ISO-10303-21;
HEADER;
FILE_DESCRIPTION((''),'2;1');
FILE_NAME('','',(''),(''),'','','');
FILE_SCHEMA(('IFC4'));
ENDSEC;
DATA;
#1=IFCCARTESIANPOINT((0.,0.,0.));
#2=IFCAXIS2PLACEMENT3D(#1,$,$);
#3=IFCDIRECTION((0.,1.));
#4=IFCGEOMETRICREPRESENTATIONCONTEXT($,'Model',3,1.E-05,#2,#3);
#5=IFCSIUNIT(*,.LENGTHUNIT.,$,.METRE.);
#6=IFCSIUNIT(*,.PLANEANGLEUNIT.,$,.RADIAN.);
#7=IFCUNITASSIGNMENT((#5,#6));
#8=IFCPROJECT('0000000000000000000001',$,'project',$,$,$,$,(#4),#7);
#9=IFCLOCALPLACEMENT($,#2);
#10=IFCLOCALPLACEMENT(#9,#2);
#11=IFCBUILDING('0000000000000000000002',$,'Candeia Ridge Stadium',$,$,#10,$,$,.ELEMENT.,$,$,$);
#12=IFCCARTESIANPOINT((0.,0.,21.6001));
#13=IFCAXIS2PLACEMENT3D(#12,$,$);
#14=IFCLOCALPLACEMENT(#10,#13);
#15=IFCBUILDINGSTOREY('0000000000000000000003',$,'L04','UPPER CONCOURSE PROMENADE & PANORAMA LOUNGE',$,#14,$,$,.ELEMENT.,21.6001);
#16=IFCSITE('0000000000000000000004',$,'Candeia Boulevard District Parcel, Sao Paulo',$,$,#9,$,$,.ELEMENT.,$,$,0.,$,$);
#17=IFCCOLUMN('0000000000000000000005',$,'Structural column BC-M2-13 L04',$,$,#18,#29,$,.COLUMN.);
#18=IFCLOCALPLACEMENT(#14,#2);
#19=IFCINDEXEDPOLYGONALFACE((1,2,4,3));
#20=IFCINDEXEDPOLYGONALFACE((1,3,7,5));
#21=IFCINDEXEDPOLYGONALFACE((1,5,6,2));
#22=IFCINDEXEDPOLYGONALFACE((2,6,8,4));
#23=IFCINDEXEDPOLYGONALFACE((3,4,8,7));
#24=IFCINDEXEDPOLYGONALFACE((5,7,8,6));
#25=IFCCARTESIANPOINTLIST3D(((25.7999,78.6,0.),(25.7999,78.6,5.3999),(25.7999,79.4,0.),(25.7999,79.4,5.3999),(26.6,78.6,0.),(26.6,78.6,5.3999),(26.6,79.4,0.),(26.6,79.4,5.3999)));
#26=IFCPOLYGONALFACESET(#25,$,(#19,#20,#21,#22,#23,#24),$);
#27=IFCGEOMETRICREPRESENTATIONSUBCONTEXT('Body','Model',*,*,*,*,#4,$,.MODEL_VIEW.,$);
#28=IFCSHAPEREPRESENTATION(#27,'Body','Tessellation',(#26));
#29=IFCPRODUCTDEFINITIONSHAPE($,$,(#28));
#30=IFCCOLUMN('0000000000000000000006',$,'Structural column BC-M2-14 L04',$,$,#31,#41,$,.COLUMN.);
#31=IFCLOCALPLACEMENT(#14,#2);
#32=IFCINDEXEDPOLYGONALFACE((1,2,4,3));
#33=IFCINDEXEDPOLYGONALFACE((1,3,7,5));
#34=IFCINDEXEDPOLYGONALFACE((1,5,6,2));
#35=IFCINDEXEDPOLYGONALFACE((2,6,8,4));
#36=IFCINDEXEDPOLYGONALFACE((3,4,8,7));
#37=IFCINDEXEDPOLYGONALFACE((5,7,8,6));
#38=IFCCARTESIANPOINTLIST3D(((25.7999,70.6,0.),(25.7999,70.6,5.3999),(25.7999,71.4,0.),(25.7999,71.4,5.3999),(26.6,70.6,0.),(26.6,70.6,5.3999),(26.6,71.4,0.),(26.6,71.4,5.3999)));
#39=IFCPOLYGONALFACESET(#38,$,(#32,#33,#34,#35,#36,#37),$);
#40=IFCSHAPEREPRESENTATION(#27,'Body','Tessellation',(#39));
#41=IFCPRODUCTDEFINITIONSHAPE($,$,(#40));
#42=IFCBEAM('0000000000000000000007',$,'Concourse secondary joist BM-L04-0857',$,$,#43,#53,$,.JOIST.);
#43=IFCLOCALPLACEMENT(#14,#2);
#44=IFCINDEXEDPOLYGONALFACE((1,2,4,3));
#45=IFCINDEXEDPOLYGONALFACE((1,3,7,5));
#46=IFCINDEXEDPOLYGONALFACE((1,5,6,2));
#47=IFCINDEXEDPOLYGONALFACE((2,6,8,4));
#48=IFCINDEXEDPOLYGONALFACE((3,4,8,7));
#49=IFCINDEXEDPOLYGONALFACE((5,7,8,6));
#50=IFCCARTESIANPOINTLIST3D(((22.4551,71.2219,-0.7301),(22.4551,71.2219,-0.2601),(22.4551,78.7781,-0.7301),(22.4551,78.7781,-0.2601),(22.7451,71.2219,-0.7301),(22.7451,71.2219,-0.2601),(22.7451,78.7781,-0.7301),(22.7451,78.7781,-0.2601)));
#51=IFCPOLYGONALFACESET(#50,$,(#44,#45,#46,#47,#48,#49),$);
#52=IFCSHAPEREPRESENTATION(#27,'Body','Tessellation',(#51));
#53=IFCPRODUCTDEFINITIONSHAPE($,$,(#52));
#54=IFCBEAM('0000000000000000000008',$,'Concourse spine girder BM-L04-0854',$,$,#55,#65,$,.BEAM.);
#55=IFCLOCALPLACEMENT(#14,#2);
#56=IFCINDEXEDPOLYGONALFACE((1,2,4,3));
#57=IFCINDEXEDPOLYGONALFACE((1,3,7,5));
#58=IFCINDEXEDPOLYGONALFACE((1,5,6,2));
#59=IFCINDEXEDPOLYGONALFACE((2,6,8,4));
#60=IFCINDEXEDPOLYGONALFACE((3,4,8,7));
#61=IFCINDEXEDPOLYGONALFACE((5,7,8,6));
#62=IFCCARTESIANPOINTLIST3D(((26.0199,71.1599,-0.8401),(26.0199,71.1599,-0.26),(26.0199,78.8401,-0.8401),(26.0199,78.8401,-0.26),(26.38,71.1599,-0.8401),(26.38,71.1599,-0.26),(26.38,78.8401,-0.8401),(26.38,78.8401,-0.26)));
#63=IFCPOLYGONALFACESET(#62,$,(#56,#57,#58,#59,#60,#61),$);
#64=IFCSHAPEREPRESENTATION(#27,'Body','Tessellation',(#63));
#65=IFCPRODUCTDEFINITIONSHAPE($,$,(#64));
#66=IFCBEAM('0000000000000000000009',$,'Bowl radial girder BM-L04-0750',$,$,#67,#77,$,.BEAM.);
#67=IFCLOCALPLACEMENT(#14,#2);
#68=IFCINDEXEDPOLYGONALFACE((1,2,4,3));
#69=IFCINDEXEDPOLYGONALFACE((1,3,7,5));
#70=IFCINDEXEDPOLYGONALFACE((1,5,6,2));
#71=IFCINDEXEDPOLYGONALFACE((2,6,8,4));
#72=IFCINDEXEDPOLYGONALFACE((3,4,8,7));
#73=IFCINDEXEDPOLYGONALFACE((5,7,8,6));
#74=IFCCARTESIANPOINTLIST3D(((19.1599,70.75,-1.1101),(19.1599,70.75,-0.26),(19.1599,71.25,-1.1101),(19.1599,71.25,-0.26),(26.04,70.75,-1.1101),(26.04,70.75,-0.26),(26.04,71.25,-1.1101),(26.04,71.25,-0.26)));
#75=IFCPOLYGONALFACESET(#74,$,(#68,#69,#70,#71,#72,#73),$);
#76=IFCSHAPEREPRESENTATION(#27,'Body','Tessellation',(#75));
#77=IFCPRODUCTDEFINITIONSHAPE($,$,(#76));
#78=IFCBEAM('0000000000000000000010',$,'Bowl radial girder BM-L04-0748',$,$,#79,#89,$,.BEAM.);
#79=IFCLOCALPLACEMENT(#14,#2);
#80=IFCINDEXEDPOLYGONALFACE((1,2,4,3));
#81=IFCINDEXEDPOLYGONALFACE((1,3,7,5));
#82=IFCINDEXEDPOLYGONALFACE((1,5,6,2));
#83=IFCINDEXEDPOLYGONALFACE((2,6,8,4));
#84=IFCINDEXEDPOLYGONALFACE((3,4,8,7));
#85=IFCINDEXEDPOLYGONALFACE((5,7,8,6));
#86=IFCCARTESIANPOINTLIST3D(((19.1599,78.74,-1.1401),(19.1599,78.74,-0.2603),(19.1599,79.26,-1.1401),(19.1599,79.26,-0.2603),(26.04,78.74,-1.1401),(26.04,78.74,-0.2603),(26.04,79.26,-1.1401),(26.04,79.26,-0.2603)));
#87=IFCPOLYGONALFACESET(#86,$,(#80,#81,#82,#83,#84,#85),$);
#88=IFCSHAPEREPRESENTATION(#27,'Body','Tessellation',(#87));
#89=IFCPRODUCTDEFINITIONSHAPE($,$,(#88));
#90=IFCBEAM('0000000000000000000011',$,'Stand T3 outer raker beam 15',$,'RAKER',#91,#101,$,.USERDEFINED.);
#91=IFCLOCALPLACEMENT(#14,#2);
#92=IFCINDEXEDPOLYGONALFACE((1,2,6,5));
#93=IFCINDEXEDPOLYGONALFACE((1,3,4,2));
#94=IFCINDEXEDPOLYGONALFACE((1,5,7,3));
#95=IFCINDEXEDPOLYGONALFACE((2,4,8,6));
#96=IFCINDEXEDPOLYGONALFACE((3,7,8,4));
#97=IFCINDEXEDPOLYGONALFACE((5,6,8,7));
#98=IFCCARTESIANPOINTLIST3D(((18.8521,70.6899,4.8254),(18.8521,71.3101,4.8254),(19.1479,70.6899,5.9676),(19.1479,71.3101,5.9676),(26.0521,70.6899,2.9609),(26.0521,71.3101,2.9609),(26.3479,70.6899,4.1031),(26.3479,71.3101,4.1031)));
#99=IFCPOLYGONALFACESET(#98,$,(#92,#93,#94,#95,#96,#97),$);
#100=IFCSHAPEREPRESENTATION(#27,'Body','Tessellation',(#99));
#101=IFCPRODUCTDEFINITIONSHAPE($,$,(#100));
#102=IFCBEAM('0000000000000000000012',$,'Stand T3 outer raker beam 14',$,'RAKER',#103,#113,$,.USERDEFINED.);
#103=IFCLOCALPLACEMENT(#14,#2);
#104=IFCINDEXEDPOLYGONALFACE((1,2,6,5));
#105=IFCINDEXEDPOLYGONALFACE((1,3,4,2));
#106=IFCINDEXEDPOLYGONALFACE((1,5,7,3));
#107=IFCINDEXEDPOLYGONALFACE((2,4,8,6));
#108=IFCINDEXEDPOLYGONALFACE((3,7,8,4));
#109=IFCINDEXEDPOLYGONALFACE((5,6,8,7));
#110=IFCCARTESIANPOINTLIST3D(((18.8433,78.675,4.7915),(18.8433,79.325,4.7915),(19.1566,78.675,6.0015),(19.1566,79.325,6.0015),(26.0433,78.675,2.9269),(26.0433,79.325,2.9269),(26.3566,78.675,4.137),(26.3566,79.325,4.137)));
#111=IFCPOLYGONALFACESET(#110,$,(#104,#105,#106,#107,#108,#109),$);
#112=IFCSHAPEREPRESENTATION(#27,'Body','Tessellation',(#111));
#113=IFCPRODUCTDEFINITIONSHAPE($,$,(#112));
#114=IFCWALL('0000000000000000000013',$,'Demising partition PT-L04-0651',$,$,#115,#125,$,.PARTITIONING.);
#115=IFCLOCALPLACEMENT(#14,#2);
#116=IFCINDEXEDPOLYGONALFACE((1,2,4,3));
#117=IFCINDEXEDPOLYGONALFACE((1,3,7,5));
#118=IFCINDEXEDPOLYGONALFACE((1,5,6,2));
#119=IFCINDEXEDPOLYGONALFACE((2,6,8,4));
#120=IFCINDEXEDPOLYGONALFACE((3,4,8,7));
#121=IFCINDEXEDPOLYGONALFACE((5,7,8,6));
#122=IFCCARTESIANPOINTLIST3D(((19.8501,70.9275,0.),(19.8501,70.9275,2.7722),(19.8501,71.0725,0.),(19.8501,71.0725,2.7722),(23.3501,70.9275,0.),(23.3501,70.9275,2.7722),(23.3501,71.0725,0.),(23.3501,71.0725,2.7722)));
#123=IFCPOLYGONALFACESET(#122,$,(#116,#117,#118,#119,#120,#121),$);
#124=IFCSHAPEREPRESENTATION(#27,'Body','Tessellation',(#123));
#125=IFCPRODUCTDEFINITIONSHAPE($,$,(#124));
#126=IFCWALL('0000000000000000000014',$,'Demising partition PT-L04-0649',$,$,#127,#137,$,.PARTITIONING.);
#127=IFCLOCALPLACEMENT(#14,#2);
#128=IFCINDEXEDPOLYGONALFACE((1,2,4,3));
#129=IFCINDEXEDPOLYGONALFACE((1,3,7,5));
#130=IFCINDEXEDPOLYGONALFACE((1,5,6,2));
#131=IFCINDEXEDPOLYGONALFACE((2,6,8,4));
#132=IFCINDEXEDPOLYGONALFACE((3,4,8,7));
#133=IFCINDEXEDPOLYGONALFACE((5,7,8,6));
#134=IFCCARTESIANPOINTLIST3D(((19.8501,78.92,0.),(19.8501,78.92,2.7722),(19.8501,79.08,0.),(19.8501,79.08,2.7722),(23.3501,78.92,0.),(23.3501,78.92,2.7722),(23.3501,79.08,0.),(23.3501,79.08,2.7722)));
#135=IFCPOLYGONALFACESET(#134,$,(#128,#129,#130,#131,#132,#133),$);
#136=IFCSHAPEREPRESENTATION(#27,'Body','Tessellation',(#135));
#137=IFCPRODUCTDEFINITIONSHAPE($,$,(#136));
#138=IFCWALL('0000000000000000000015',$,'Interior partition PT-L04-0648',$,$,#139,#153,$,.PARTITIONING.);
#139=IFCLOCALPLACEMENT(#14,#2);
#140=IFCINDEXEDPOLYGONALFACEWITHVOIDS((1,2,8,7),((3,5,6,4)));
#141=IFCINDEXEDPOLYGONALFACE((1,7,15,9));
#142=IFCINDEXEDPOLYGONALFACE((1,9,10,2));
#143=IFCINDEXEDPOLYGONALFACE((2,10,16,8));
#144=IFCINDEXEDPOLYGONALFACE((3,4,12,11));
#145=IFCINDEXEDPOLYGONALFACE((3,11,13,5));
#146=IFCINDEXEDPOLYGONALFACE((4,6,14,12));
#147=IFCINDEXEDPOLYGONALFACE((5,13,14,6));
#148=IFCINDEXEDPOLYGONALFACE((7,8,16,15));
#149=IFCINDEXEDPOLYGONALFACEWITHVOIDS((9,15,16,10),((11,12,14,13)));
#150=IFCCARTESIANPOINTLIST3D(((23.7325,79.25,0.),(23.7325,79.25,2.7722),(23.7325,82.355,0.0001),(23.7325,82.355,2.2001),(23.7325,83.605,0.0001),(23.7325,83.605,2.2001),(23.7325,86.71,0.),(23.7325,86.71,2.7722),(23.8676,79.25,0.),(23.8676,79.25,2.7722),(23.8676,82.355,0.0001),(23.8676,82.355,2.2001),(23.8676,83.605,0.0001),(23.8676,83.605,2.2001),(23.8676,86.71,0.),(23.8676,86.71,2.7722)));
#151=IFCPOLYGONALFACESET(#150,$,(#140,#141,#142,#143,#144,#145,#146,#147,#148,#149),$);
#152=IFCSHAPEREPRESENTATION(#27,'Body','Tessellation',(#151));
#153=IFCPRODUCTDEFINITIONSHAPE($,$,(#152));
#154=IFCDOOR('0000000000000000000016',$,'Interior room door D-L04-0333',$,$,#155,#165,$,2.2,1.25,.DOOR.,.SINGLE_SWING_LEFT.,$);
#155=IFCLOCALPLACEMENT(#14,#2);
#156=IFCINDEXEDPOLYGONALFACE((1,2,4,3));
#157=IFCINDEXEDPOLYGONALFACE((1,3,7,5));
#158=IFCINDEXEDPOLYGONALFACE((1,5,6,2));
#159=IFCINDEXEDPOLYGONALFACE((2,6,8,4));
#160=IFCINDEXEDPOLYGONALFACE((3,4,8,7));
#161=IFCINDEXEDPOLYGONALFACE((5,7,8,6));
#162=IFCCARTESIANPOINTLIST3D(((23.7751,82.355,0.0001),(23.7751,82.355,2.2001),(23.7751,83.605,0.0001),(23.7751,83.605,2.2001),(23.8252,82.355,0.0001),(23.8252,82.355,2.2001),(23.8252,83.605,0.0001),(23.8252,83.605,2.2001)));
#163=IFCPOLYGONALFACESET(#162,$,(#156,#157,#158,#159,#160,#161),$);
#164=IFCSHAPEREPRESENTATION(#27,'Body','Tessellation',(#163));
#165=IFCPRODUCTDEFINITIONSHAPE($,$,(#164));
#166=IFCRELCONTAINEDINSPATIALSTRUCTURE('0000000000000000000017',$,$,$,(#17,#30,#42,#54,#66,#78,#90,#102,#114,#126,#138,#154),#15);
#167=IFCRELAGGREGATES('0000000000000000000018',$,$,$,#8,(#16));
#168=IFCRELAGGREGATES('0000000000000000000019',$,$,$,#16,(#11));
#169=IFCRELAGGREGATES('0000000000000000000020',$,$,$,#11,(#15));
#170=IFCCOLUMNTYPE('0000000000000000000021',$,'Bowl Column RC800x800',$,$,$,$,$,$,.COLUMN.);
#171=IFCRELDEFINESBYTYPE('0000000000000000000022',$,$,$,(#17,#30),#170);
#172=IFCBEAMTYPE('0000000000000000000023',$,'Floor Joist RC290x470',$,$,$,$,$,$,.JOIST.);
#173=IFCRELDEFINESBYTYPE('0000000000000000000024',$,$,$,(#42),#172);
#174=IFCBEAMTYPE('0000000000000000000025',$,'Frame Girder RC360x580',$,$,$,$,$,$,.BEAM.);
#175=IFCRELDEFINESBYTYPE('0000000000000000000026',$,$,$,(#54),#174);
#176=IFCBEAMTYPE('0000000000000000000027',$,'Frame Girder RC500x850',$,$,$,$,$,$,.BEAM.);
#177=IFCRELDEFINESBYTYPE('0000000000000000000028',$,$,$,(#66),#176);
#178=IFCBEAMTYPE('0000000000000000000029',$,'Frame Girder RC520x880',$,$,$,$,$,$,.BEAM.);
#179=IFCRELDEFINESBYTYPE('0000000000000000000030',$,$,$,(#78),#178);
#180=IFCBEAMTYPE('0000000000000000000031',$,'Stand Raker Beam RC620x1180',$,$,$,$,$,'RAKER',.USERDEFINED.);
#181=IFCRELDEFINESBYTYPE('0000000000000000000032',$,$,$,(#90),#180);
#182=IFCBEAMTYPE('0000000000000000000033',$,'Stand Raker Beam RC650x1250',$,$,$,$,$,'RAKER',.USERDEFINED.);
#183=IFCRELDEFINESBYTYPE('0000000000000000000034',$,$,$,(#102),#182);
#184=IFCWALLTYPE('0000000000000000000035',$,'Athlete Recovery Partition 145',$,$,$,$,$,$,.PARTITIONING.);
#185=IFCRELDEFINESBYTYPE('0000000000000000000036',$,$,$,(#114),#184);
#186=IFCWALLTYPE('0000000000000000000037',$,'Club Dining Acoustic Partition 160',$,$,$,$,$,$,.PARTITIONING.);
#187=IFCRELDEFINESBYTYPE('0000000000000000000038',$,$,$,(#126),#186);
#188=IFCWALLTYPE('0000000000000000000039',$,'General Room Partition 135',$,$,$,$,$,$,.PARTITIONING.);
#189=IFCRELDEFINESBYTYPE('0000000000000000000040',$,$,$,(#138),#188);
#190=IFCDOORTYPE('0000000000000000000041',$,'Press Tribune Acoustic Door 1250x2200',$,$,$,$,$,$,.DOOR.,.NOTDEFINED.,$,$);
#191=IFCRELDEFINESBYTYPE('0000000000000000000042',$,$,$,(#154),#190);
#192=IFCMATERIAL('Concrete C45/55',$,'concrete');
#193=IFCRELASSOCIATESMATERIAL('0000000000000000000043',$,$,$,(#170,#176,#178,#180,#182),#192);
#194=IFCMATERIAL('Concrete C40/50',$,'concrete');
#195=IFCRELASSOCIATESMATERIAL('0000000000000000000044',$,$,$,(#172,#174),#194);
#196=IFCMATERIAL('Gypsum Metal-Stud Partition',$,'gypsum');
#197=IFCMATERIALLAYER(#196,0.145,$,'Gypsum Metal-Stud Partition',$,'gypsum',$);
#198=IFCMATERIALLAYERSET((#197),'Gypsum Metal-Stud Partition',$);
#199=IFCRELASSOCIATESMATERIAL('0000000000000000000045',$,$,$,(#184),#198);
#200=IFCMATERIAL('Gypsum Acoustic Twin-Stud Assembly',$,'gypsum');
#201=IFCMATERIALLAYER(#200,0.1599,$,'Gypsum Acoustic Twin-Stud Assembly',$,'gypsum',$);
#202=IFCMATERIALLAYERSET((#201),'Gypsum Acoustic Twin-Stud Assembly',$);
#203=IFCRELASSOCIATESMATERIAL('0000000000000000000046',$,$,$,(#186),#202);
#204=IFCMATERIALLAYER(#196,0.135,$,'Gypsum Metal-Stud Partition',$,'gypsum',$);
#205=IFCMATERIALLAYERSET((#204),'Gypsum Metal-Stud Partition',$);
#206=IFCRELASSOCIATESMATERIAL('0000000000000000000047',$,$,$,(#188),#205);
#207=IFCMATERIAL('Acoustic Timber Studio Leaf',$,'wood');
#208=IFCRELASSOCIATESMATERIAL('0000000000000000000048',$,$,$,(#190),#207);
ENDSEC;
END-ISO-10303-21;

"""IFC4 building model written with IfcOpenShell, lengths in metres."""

from ifc_helpers import new_model, si_unit, direction, frame, frame_2d, origin, origin_2d, place, context, subcontext, project, spatial, rectangle, extrude, material, layer, layer_set, material_profile, profile_set, type_object, element, fill, save


model = new_model("IFC4")

# Units and contexts
model_context = context("Model", 3, precision=1e-05, world=origin(), true_north=direction((0.0, 1.0)))
body_context = subcontext(model_context, "Body", "Model", "MODEL_VIEW")
ifc_project = project(units=[si_unit("LENGTHUNIT", "METRE"), si_unit("PLANEANGLEUNIT", "RADIAN")], contexts=[model_context])

# Site, building, storey
site_placement = place(None, origin())
site = spatial("IfcSite", under=ifc_project, at=site_placement, Name="Candeia Boulevard District Parcel, Sao Paulo", CompositionType="ELEMENT", RefElevation=0.0)
building_placement = place(site_placement, origin())
building = spatial("IfcBuilding", under=site, at=building_placement, Name="Candeia Ridge Stadium", CompositionType="ELEMENT")
storey_placement = place(building_placement, frame((0.0, 0.0, 21.6001)))
storey = spatial("IfcBuildingStorey", under=building, at=storey_placement, Name="L04", Description="UPPER CONCOURSE PROMENADE & PANORAMA LOUNGE", CompositionType="ELEMENT", Elevation=21.6001)

# Columns
ifc_material_1 = material(Name="Concrete C45/55", Category="concrete")
ifc_material_profile_1 = material_profile(ifc_material_1, rectangle(XDim=0.8, YDim=0.8, at=origin_2d()), Name="RC800x800", Category="concrete")
ifc_profile_set_1 = profile_set([ifc_material_profile_1], Name="Concrete C45/55")
column_type = type_object("IfcColumnType", Name="Bowl Column RC800x800", PredefinedType="COLUMN", material=ifc_profile_set_1)
for number, where, z_axis, x_axis, name in (
    (1, (26.2, 79.0, 0.0), (0.0, 0.0, 1.0), (1.0, 0.0, 0.0), "Structural column BC-M2-13 L04"),
    (2, (26.2, 71.0, 0.0), (0.0, 0.0, 1.0), (1.0, 0.0, 0.0), "Structural column BC-M2-14 L04"),
):
    element("IfcColumn", number, at=place(storey_placement, frame(where, z_axis=z_axis, x_axis=x_axis)), inside=storey, type_object=column_type, Name=name, PredefinedType="COLUMN", context=body_context, shape_type="SweptSolid", body=[
        extrude(rectangle(XDim=0.8, YDim=0.8, at=origin_2d()), origin(), (0.0, 0.0, 1.0), 5.3999),
    ])

# Beams
ifc_material_2 = material(Name="Concrete C40/50", Category="concrete")
ifc_material_profile_2 = material_profile(ifc_material_2, rectangle(XDim=0.29, YDim=0.47, at=origin_2d()), Name="RC290x470", Category="concrete")
ifc_profile_set_2 = profile_set([ifc_material_profile_2], Name="Concrete C40/50")
beam_type_1 = type_object("IfcBeamType", Name="Floor Joist RC290x470", PredefinedType="JOIST", material=ifc_profile_set_2)
beam_1_placement = place(storey_placement, frame((22.6001, 78.7781, -0.4951), z_axis=(0.0, -1.0, 0.0), x_axis=(1.0, 0.0, 0.0)))
element("IfcBeam", 3, at=beam_1_placement, inside=storey, type_object=beam_type_1, Name="Concourse secondary joist BM-L04-0857", PredefinedType="JOIST", context=body_context, shape_type="SweptSolid", body=[
    extrude(rectangle(XDim=0.29, YDim=0.47, at=origin_2d()), origin(), (0.0, 0.0, 1.0), 7.5562),
])
ifc_material_profile_3 = material_profile(ifc_material_2, rectangle(XDim=0.3601, YDim=0.5801, at=origin_2d()), Name="RC360x580", Category="concrete")
ifc_profile_set_3 = profile_set([ifc_material_profile_3], Name="Concrete C40/50")
beam_type_2 = type_object("IfcBeamType", Name="Frame Girder RC360x580", PredefinedType="BEAM", material=ifc_profile_set_3)
beam_2_placement = place(storey_placement, frame((26.2, 78.8401, -0.55), z_axis=(0.0, -1.0, 0.0), x_axis=(1.0, 0.0, 0.0)))
element("IfcBeam", 4, at=beam_2_placement, inside=storey, type_object=beam_type_2, Name="Concourse spine girder BM-L04-0854", PredefinedType="BEAM", context=body_context, shape_type="SweptSolid", body=[
    extrude(rectangle(XDim=0.3601, YDim=0.5801, at=origin_2d()), origin(), (0.0, 0.0, 1.0), 7.6802),
])
ifc_material_profile_4 = material_profile(ifc_material_1, rectangle(XDim=0.5, YDim=0.8501, at=origin_2d()), Name="RC500x850", Category="concrete")
ifc_profile_set_4 = profile_set([ifc_material_profile_4], Name="Concrete C45/55")
beam_type_3 = type_object("IfcBeamType", Name="Frame Girder RC500x850", PredefinedType="BEAM", material=ifc_profile_set_4)
beam_3_placement = place(storey_placement, frame((26.04, 71.0, -0.6851), z_axis=(-1.0, 0.0, 0.0), x_axis=(0.0, -1.0, 0.0)))
element("IfcBeam", 5, at=beam_3_placement, inside=storey, type_object=beam_type_3, Name="Bowl radial girder BM-L04-0750", PredefinedType="BEAM", context=body_context, shape_type="SweptSolid", body=[
    extrude(rectangle(XDim=0.5, YDim=0.8501, at=origin_2d()), origin(), (0.0, 0.0, 1.0), 6.8801),
])
ifc_material_profile_5 = material_profile(ifc_material_1, rectangle(XDim=0.52, YDim=0.8799, at=origin_2d()), Name="RC520x880", Category="concrete")
ifc_profile_set_5 = profile_set([ifc_material_profile_5], Name="Concrete C45/55")
beam_type_4 = type_object("IfcBeamType", Name="Frame Girder RC520x880", PredefinedType="BEAM", material=ifc_profile_set_5)
beam_4_placement = place(storey_placement, frame((26.04, 79.0, -0.7002), z_axis=(-1.0, 0.0, 0.0), x_axis=(0.0, -1.0, 0.0)))
element("IfcBeam", 6, at=beam_4_placement, inside=storey, type_object=beam_type_4, Name="Bowl radial girder BM-L04-0748", PredefinedType="BEAM", context=body_context, shape_type="SweptSolid", body=[
    extrude(rectangle(XDim=0.52, YDim=0.8799, at=origin_2d()), origin(), (0.0, 0.0, 1.0), 6.8801),
])
ifc_material_profile_6 = material_profile(ifc_material_1, rectangle(XDim=0.6201, YDim=1.1799, at=origin_2d()), Name="RC620x1180", Category="concrete")
ifc_profile_set_6 = profile_set([ifc_material_profile_6], Name="Concrete C45/55")
beam_type_5 = type_object("IfcBeamType", Name="Stand Raker Beam RC620x1180", ElementType="RAKER", PredefinedType="USERDEFINED", material=ifc_profile_set_6)
beam_5_placement = place(storey_placement, frame((26.2, 71.0, 3.532), z_axis=(-0.968067, 0.0, 0.250691), x_axis=(0.0, -1.0, 0.0)))
element("IfcBeam", 7, at=beam_5_placement, inside=storey, type_object=beam_type_5, Name="Stand T3 outer raker beam 15", ObjectType="RAKER", PredefinedType="USERDEFINED", context=body_context, shape_type="SweptSolid", body=[
    extrude(rectangle(XDim=0.6201, YDim=1.1799, at=origin_2d()), origin(), (0.0, 0.0, 1.0), 7.4375),
])
ifc_material_profile_7 = material_profile(ifc_material_1, rectangle(XDim=0.6499, YDim=1.25, at=origin_2d()), Name="RC650x1250", Category="concrete")
ifc_profile_set_7 = profile_set([ifc_material_profile_7], Name="Concrete C45/55")
beam_type_6 = type_object("IfcBeamType", Name="Stand Raker Beam RC650x1250", ElementType="RAKER", PredefinedType="USERDEFINED", material=ifc_profile_set_7)
beam_6_placement = place(storey_placement, frame((26.2, 79.0, 3.532), z_axis=(-0.968067, 0.0, 0.250691), x_axis=(0.0, -1.0, 0.0)))
element("IfcBeam", 8, at=beam_6_placement, inside=storey, type_object=beam_type_6, Name="Stand T3 outer raker beam 14", ObjectType="RAKER", PredefinedType="USERDEFINED", context=body_context, shape_type="SweptSolid", body=[
    extrude(rectangle(XDim=0.6499, YDim=1.25, at=origin_2d()), origin(), (0.0, 0.0, 1.0), 7.4375),
])

# Walls
ifc_material_3 = material(Name="Gypsum Metal-Stud Partition", Category="gypsum")
ifc_layer_1 = layer(ifc_material_3, 0.145, Name="Gypsum Metal-Stud Partition", Category="gypsum")
ifc_layer_set_1 = layer_set([ifc_layer_1], Name="Gypsum Metal-Stud Partition")
wall_type_1 = type_object("IfcWallType", Name="Athlete Recovery Partition 145", PredefinedType="PARTITIONING", material=ifc_layer_set_1)
wall_1_placement = place(storey_placement, frame((23.3501, 71.0, 0.0), z_axis=(0.0, 0.0, 1.0), x_axis=(-1.0, 0.0, 0.0)))
element("IfcWall", 9, at=wall_1_placement, inside=storey, type_object=wall_type_1, Name="Demising partition PT-L04-0651", PredefinedType="PARTITIONING", context=body_context, shape_type="SweptSolid", body=[
    extrude(rectangle(XDim=3.5, YDim=0.145, at=frame_2d((1.75, 0.0))), origin(), (0.0, 0.0, 1.0), 2.7722),
])
ifc_material_4 = material(Name="Gypsum Acoustic Twin-Stud Assembly", Category="gypsum")
ifc_layer_2 = layer(ifc_material_4, 0.1599, Name="Gypsum Acoustic Twin-Stud Assembly", Category="gypsum")
ifc_layer_set_2 = layer_set([ifc_layer_2], Name="Gypsum Acoustic Twin-Stud Assembly")
wall_type_2 = type_object("IfcWallType", Name="Club Dining Acoustic Partition 160", PredefinedType="PARTITIONING", material=ifc_layer_set_2)
wall_2_placement = place(storey_placement, frame((23.3501, 79.0, 0.0), z_axis=(0.0, 0.0, 1.0), x_axis=(-1.0, 0.0, 0.0)))
element("IfcWall", 10, at=wall_2_placement, inside=storey, type_object=wall_type_2, Name="Demising partition PT-L04-0649", PredefinedType="PARTITIONING", context=body_context, shape_type="SweptSolid", body=[
    extrude(rectangle(XDim=3.5, YDim=0.1599, at=frame_2d((1.75, 0.0))), origin(), (0.0, 0.0, 1.0), 2.7722),
])

# Wall, opening, door
ifc_layer_3 = layer(ifc_material_3, 0.135, Name="Gypsum Metal-Stud Partition", Category="gypsum")
ifc_layer_set_3 = layer_set([ifc_layer_3], Name="Gypsum Metal-Stud Partition")
wall_type_3 = type_object("IfcWallType", Name="General Room Partition 135", PredefinedType="PARTITIONING", material=ifc_layer_set_3)
wall_3_placement = place(storey_placement, frame((23.8, 86.71, 0.0), z_axis=(0.0, 0.0, 1.0), x_axis=(0.0, -1.0, 0.0)))
wall_3 = element("IfcWall", 11, at=wall_3_placement, inside=storey, type_object=wall_type_3, Name="Interior partition PT-L04-0648", PredefinedType="PARTITIONING", context=body_context, shape_type="SweptSolid", body=[
    extrude(rectangle(XDim=7.46, YDim=0.135, at=frame_2d((3.73, 0.0))), origin(), (0.0, 0.0, 1.0), 2.7722),
])
opening_1_placement = place(wall_3_placement, frame((3.105, 0.0, 0.0)))
opening_1 = element("IfcOpeningElement", 12, at=opening_1_placement, cuts=wall_3, PredefinedType="OPENING", context=body_context, shape_type="SweptSolid", body=[
    extrude(rectangle(XDim=1.25, YDim=2.2, at=frame_2d((0.625, 1.1001))), frame((0.0, 0.0774, 0.0), z_axis=(0.0, -1.0, 0.0), x_axis=(1.0, 0.0, 0.0)), (0.0, 0.0, 1.0), 0.155),
])
ifc_material_5 = material(Name="Acoustic Timber Studio Leaf", Category="wood")
door_type_1 = type_object("IfcDoorType", Name="Press Tribune Acoustic Door 1250x2200", OperationType="NOTDEFINED", PredefinedType="DOOR", material=ifc_material_5)
door_1_placement = place(opening_1_placement, frame((1.25, 0.0, 0.0), z_axis=(0.0, 0.0, 1.0), x_axis=(-1.0, 0.0, 0.0)))
door_1 = element("IfcDoor", 13, at=door_1_placement, inside=storey, type_object=door_type_1, Name="Interior room door D-L04-0333", OperationType="SINGLE_SWING_LEFT", OverallHeight=2.2, OverallWidth=1.25, PredefinedType="DOOR", context=body_context, shape_type="SweptSolid", body=[
    extrude(rectangle(XDim=1.25, YDim=2.2, at=frame_2d((0.625, 1.1001))), frame((0.0, 0.0249, 0.0), z_axis=(0.0, -1.0, 0.0), x_axis=(1.0, 0.0, 0.0)), (0.0, 0.0, 1.0), 0.05),
])
fill(opening_1, door_1)

save(model, "model.ifc")
